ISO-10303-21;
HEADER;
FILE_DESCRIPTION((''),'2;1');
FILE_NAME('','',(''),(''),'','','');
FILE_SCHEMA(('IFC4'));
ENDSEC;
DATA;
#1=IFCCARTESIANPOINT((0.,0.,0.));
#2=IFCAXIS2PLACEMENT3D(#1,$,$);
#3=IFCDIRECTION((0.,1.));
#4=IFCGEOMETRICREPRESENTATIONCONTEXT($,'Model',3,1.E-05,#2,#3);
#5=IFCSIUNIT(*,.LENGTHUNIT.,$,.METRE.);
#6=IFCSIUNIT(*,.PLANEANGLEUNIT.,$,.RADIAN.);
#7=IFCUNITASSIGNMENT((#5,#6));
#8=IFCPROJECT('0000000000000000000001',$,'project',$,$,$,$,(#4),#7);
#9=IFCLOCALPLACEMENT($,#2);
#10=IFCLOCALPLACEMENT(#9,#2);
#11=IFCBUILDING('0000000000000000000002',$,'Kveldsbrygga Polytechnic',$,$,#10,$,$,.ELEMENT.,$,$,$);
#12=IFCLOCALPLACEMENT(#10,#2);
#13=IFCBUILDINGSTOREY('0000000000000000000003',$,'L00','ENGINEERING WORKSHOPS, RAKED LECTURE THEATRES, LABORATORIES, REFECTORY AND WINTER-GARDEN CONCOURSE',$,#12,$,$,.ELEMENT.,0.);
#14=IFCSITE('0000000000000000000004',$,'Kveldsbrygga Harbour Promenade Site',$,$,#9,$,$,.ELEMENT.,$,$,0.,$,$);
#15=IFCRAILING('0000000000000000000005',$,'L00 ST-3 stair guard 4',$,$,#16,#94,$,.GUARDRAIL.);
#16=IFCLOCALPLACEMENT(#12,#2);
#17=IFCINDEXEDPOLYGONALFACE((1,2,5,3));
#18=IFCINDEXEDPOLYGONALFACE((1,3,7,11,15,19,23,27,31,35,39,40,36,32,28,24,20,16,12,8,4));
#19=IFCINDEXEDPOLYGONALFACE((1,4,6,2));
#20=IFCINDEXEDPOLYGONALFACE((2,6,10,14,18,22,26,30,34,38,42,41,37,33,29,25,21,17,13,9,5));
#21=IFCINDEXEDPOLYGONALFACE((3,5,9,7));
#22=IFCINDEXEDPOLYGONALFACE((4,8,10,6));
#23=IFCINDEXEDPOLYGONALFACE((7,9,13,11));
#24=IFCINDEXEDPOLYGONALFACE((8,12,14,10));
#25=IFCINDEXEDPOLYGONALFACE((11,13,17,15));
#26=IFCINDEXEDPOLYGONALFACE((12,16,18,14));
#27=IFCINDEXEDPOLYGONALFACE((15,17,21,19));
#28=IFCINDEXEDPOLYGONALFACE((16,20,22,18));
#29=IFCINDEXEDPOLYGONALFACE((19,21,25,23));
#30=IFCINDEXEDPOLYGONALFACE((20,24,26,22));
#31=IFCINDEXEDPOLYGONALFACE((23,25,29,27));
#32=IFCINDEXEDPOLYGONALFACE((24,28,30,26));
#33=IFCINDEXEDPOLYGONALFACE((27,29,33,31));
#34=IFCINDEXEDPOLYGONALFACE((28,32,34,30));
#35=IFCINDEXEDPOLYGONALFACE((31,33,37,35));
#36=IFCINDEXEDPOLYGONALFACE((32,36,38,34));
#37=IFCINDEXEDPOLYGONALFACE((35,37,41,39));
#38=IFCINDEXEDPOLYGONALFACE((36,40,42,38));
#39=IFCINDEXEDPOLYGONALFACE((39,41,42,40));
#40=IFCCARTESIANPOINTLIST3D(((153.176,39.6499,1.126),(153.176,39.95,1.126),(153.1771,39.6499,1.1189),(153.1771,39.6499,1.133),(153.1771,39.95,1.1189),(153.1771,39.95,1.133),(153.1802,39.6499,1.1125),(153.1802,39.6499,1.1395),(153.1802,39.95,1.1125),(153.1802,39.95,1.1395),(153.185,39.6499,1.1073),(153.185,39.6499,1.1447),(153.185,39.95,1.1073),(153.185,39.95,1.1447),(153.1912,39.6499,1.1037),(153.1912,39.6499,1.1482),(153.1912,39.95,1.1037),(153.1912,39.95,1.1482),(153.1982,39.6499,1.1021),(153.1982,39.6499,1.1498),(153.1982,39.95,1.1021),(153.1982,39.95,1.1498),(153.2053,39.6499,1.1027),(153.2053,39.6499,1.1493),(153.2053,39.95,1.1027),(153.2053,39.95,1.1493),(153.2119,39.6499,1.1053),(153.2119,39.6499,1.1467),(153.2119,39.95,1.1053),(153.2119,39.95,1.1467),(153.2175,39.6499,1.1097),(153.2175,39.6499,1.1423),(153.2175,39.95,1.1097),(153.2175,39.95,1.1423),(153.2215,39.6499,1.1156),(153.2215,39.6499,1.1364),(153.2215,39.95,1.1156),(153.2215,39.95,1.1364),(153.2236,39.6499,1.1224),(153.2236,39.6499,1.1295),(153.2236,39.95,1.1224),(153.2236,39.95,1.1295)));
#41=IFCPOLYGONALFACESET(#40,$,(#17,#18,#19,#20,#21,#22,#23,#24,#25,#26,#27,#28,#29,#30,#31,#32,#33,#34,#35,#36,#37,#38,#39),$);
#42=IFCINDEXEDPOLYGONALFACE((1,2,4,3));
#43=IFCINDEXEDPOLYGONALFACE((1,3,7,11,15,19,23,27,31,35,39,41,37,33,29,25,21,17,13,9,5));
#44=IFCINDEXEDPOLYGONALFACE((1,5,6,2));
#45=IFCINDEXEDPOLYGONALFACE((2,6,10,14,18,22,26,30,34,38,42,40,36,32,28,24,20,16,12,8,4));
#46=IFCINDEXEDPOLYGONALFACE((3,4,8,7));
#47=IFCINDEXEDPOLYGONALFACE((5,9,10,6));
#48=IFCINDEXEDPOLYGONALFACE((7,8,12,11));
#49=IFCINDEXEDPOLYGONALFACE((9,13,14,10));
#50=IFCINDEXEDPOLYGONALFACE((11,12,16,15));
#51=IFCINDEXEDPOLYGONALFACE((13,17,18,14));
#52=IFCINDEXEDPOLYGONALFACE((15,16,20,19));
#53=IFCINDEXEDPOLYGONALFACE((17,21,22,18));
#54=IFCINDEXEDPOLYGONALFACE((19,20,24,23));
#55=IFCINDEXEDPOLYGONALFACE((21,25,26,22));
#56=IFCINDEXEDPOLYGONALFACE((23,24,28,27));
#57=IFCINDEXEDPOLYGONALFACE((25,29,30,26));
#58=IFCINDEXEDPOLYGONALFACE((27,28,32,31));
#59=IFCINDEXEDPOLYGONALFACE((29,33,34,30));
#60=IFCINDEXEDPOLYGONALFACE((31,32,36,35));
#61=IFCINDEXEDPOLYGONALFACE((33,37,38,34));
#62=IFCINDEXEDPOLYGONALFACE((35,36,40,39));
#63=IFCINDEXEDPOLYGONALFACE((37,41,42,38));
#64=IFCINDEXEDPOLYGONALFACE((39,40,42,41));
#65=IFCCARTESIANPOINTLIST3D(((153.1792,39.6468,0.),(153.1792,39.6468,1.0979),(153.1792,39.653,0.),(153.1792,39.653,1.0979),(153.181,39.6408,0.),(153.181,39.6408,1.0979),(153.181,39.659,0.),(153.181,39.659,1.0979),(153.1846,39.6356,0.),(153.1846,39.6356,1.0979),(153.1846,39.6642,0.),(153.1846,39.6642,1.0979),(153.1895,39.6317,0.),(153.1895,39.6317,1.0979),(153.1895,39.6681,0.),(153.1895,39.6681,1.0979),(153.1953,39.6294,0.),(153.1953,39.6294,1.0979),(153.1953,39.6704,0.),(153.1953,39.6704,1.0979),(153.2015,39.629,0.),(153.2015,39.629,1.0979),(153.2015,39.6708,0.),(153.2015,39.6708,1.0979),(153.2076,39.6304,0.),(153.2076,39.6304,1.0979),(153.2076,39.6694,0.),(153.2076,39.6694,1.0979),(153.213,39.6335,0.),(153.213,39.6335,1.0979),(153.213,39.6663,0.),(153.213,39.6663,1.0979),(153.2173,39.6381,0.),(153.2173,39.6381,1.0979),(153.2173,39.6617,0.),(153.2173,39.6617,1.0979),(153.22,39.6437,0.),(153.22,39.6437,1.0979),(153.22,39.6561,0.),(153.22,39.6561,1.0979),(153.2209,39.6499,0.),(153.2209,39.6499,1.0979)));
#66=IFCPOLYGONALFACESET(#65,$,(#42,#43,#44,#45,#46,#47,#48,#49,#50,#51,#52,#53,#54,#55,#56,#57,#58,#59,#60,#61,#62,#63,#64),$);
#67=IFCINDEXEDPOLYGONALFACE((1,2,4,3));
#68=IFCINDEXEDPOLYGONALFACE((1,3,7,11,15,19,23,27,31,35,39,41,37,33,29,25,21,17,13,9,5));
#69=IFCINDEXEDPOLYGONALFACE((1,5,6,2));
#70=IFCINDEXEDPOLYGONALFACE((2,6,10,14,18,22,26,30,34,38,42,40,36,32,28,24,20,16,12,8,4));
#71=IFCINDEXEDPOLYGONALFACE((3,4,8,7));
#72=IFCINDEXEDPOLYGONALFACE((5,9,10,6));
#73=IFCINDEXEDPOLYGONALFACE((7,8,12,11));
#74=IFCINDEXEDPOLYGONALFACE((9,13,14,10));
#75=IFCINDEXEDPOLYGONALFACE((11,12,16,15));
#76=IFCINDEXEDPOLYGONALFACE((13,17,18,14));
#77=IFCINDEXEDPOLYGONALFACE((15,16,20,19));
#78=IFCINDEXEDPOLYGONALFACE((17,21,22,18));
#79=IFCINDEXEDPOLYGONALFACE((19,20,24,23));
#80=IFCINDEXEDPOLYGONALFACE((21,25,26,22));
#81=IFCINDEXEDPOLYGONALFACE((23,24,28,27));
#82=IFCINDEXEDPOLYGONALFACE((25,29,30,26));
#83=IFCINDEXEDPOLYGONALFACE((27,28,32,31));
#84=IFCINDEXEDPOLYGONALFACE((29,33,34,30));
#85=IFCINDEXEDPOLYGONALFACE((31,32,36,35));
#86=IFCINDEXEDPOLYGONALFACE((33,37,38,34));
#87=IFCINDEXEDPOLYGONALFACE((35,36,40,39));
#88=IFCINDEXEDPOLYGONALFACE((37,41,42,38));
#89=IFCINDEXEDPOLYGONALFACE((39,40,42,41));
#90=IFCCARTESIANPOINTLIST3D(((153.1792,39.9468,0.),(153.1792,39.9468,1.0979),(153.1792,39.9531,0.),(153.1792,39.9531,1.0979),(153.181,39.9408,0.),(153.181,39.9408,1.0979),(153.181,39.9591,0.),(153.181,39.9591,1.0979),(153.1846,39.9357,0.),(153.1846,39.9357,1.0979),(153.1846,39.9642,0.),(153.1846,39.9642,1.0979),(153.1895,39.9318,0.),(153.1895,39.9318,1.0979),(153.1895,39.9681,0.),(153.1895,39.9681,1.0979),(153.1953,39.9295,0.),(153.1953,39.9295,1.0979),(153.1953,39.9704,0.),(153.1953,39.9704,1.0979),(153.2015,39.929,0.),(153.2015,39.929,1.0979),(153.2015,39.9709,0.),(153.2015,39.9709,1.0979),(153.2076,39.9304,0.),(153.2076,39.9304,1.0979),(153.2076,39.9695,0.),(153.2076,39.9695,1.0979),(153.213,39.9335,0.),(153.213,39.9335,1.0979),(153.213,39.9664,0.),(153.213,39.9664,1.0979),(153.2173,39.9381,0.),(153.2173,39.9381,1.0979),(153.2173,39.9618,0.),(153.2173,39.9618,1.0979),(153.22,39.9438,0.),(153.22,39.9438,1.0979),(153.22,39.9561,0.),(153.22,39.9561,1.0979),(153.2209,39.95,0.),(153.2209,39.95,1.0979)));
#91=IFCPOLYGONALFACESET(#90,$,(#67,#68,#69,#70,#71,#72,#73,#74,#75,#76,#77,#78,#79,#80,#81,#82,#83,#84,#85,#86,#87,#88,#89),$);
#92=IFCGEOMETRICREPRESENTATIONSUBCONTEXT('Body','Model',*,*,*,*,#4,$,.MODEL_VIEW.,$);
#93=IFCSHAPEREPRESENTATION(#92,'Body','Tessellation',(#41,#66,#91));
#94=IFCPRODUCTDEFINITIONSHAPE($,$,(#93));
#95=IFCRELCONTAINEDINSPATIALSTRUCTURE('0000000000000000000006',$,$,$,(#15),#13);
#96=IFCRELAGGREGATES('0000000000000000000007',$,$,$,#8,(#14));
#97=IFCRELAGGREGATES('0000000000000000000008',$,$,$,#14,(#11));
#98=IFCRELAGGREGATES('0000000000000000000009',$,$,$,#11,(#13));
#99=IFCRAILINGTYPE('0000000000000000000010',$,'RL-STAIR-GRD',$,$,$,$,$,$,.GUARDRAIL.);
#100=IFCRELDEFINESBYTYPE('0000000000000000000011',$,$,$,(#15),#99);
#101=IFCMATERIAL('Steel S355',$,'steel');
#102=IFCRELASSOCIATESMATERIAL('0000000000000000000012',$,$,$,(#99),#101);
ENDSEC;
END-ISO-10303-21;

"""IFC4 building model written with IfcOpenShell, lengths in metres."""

from ifc_helpers import new_model, si_unit, direction, frame, origin, origin_2d, place, context, subcontext, project, spatial, circle, extrude, material, type_object, element, save


model = new_model("IFC4")

# Units and contexts
model_context = context("Model", 3, precision=1e-05, world=origin(), true_north=direction((0.0, 1.0)))
body_context = subcontext(model_context, "Body", "Model", "MODEL_VIEW")
ifc_project = project(units=[si_unit("LENGTHUNIT", "METRE"), si_unit("PLANEANGLEUNIT", "RADIAN")], contexts=[model_context])

# Site, building, storey
site_placement = place(None, origin())
site = spatial("IfcSite", under=ifc_project, at=site_placement, Name="Kveldsbrygga Harbour Promenade Site", CompositionType="ELEMENT", RefElevation=0.0)
building_placement = place(site_placement, origin())
building = spatial("IfcBuilding", under=site, at=building_placement, Name="Kveldsbrygga Polytechnic", CompositionType="ELEMENT")
storey_placement = place(building_placement, origin())
storey = spatial("IfcBuildingStorey", under=building, at=storey_placement, Name="L00", Description="ENGINEERING WORKSHOPS, RAKED LECTURE THEATRES, LABORATORIES, REFECTORY AND WINTER-GARDEN CONCOURSE", CompositionType="ELEMENT", Elevation=0.0)

# Railing
ifc_material_1 = material(Name="Steel S355", Category="steel")
railing_type_1 = type_object("IfcRailingType", Name="RL-STAIR-GRD", PredefinedType="GUARDRAIL", material=ifc_material_1)
railing_1_placement = place(storey_placement, frame((153.2, 39.6499, 0.0)))
element("IfcRailing", 1, at=railing_1_placement, inside=storey, type_object=railing_type_1, Name="L00 ST-3 stair guard 4", PredefinedType="GUARDRAIL", context=body_context, shape_type="SweptSolid", body=[
    extrude(circle(Radius=0.0239, at=origin_2d()), frame((0.0, 0.0, 1.126), z_axis=(0.0, 1.0, 0.0), x_axis=(-1.0, 0.0, 0.0)), (0.0, 0.0, 1.0), 0.3),
    extrude(circle(Radius=0.021, at=origin_2d()), origin(), (0.0, 0.0, 1.0), 1.0979),
    extrude(circle(Radius=0.021, at=origin_2d()), frame((0.0, 0.3, 0.0)), (0.0, 0.0, 1.0), 1.0979),
])

save(model, "model.ifc")
